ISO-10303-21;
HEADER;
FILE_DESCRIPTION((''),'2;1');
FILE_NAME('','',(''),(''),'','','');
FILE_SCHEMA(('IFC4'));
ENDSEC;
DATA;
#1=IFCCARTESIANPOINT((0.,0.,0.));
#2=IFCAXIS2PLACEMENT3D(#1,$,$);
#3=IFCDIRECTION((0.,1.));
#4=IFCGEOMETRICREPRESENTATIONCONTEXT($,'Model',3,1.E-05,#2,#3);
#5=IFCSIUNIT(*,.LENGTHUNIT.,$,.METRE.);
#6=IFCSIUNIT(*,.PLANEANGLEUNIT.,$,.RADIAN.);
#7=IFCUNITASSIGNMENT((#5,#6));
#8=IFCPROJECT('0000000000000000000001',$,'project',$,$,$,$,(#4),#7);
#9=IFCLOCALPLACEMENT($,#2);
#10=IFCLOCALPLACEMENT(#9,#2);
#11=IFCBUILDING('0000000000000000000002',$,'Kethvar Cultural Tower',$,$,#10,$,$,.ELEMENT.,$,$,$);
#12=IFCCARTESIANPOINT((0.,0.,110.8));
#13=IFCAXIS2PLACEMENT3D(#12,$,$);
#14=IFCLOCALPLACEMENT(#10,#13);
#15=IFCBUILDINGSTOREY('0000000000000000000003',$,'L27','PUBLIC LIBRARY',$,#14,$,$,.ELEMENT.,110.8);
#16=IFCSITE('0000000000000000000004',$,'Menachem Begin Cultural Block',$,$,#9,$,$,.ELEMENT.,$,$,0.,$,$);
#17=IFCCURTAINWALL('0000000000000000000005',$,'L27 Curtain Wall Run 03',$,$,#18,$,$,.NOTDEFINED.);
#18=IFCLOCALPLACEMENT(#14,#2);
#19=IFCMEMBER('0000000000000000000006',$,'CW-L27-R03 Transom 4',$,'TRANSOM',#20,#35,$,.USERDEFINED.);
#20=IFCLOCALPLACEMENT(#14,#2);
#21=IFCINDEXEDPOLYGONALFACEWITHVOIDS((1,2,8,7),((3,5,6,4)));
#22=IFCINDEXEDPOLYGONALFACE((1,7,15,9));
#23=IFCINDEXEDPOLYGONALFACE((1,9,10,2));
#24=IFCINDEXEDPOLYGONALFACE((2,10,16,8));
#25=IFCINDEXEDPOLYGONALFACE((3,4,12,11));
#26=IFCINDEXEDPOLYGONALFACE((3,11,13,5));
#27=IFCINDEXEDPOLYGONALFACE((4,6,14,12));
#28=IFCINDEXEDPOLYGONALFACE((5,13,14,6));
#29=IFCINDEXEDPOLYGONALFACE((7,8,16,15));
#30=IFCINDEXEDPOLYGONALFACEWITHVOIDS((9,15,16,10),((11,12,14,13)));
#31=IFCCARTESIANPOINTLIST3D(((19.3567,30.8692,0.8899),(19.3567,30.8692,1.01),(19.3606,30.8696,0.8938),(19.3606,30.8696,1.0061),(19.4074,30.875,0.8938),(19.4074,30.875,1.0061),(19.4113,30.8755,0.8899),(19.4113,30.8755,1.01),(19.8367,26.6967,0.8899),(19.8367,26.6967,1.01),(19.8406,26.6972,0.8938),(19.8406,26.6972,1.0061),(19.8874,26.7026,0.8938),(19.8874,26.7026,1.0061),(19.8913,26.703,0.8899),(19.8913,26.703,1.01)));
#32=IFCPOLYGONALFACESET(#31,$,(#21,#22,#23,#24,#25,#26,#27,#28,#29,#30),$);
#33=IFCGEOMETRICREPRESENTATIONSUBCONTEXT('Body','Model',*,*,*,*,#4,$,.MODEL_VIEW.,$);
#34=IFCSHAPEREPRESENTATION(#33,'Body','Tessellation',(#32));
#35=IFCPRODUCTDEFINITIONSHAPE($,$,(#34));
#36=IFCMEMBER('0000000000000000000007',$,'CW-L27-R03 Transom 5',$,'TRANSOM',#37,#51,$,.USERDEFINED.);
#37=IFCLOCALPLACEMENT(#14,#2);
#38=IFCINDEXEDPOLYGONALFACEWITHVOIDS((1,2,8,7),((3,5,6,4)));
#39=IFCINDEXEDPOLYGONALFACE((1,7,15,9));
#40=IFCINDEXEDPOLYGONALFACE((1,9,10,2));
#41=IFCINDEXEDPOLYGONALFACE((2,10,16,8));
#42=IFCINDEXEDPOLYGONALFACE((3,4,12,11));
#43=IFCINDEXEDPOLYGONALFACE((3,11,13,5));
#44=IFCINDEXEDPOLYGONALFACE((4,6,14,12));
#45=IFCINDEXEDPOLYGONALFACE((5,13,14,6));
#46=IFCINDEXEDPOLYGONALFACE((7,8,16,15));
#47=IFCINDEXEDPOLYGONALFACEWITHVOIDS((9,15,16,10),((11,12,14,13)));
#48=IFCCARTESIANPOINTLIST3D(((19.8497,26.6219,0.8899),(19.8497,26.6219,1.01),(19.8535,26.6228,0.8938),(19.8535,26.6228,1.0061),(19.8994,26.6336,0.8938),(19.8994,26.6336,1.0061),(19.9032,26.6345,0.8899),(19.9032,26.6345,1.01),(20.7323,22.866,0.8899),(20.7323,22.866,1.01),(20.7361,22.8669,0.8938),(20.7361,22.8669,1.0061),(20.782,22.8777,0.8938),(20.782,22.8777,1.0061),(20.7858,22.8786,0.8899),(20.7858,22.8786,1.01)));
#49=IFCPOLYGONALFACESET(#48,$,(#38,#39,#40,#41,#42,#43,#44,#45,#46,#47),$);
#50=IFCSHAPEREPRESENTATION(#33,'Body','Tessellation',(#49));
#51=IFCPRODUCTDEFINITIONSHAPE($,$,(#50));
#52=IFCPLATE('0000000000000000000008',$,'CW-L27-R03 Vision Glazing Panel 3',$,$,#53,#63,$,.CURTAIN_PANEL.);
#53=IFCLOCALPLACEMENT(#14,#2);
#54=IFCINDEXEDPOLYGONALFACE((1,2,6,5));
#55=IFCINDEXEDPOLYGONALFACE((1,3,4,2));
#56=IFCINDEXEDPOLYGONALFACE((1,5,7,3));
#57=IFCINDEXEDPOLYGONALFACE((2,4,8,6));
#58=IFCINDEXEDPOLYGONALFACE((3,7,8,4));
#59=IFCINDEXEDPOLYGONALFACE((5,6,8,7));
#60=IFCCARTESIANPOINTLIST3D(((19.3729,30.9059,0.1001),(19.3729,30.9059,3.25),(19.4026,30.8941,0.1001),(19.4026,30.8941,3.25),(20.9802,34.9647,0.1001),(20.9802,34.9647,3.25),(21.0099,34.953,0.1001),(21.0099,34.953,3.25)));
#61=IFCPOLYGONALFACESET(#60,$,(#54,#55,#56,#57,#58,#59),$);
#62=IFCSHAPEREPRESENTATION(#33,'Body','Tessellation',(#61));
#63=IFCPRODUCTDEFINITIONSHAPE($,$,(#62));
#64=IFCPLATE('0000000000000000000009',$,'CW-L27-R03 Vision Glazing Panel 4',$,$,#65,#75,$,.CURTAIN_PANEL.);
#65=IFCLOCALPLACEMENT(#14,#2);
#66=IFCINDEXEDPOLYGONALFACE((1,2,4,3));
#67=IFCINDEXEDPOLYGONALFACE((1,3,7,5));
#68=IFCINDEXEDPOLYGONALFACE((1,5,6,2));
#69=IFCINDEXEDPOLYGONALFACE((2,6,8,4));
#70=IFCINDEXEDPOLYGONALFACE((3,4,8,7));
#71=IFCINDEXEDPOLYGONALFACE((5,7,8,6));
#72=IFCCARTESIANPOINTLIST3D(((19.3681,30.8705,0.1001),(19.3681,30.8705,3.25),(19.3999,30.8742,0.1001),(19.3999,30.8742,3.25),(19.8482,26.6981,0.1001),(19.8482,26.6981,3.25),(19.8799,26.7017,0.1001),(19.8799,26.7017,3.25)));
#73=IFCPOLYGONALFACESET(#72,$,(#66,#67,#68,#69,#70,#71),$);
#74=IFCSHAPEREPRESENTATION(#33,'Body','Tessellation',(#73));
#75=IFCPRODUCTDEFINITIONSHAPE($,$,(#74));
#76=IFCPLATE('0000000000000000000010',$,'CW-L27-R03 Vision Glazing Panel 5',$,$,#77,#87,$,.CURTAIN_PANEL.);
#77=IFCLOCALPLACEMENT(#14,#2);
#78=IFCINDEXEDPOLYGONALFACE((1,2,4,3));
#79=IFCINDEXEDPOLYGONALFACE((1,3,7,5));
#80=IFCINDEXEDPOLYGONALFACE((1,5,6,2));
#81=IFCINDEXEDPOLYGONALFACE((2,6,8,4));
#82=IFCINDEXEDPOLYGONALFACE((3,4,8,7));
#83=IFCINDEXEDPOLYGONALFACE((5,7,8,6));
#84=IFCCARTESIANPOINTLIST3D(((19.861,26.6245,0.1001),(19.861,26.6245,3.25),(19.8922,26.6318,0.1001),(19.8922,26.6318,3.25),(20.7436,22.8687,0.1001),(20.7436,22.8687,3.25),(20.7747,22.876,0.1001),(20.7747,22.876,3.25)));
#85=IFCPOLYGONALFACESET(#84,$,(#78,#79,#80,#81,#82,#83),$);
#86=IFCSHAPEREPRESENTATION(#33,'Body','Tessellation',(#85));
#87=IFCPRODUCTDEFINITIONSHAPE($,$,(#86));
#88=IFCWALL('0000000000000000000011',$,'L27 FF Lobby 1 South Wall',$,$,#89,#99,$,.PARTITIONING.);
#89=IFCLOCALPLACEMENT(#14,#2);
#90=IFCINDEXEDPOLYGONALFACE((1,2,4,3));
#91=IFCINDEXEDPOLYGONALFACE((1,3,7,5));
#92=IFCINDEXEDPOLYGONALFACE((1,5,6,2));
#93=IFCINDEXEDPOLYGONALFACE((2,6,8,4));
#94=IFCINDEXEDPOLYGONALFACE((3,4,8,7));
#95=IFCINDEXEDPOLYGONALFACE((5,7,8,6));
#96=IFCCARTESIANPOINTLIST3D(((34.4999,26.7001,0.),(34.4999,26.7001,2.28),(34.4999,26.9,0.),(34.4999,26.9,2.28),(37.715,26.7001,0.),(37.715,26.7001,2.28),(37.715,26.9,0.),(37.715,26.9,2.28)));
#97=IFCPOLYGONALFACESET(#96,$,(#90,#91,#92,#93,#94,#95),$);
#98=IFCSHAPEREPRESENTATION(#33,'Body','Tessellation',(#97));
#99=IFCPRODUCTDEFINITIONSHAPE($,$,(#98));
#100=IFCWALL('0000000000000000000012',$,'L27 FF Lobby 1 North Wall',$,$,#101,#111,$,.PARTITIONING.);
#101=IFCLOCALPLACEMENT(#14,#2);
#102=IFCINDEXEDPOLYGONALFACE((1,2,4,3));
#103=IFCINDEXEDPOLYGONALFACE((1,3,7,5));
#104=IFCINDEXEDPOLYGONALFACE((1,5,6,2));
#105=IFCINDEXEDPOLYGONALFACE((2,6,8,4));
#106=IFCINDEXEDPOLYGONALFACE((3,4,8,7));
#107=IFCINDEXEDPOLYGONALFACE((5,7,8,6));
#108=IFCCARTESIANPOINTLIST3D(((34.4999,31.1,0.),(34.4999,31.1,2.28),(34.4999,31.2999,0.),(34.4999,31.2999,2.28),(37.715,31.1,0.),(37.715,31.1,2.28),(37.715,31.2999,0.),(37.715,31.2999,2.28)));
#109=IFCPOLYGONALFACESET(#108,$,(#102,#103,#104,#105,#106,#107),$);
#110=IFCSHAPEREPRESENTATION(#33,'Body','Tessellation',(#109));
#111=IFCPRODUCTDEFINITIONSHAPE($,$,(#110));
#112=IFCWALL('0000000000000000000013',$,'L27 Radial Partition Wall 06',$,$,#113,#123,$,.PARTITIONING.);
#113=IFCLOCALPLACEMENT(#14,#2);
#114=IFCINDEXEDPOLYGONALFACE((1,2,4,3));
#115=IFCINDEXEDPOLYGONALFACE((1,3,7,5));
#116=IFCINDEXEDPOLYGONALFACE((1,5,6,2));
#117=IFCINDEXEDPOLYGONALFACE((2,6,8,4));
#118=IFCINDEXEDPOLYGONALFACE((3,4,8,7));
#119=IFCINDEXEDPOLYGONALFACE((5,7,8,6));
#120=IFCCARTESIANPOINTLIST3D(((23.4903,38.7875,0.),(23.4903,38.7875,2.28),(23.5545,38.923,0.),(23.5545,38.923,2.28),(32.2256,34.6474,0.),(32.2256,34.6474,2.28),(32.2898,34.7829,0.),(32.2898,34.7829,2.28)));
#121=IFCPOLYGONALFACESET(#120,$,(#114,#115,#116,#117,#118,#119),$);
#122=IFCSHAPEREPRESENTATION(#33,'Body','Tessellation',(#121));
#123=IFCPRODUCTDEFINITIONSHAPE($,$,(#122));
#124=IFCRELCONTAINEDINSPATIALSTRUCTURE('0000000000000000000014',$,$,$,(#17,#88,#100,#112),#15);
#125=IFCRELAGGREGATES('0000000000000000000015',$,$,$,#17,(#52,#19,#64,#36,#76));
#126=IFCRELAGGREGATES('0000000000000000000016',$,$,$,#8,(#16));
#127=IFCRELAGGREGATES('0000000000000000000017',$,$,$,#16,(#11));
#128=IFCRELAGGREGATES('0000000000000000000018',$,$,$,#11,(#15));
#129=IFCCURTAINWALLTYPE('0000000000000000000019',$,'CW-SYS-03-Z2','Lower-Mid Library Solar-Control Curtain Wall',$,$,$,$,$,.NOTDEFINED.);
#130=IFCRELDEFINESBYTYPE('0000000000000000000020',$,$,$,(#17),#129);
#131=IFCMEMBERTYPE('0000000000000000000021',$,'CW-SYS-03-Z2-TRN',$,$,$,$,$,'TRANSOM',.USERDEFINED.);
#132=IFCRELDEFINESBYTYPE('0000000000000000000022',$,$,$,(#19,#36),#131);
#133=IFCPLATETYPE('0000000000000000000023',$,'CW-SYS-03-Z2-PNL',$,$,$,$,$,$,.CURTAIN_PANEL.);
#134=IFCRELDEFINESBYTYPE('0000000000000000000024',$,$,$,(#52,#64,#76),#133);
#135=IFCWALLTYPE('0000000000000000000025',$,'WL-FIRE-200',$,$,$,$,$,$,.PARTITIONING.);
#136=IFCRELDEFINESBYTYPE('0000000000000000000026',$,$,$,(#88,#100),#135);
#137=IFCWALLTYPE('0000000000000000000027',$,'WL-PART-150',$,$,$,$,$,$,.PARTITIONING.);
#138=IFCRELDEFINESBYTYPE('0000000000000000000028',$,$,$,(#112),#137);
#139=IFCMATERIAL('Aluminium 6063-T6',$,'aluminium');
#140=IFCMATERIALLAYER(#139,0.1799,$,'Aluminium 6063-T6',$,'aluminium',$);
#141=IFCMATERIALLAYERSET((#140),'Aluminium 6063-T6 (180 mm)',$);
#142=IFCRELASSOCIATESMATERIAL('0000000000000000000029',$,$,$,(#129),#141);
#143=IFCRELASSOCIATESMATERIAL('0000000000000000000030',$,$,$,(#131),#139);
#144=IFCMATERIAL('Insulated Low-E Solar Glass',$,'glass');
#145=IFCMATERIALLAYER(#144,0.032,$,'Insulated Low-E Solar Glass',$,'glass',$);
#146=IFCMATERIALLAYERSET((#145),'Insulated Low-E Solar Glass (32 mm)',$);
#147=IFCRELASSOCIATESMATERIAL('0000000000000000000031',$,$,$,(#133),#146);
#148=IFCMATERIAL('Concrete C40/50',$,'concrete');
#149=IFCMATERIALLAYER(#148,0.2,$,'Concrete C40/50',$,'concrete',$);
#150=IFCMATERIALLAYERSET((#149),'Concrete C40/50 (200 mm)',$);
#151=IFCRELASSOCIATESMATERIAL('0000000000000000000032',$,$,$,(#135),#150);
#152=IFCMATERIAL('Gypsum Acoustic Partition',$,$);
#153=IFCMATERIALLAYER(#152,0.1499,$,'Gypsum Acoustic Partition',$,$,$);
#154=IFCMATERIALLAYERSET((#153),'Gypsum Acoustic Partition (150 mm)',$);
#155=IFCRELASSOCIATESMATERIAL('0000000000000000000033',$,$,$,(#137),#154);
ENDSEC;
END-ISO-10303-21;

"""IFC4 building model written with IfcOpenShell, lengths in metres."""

from ifc_helpers import new_model, si_unit, direction, frame, frame_2d, origin, origin_2d, place, context, subcontext, project, spatial, rectangle, hollow_rectangle, extrude, source, transform, mapped, material, layer, layer_set, material_profile, profile_set, type_object, element, aggregate, save


model = new_model("IFC4")

# Units and contexts
model_context = context("Model", 3, precision=1e-05, world=origin(), true_north=direction((0.0, 1.0)))
body_context = subcontext(model_context, "Body", "Model", "MODEL_VIEW")
ifc_project = project(units=[si_unit("LENGTHUNIT", "METRE"), si_unit("PLANEANGLEUNIT", "RADIAN")], contexts=[model_context])

# Site, building, storey
site_placement = place(None, origin())
site = spatial("IfcSite", under=ifc_project, at=site_placement, Name="Menachem Begin Cultural Block", CompositionType="ELEMENT", RefElevation=0.0)
building_placement = place(site_placement, origin())
building = spatial("IfcBuilding", under=site, at=building_placement, Name="Kethvar Cultural Tower", CompositionType="ELEMENT")
storey_placement = place(building_placement, frame((0.0, 0.0, 110.8)))
storey = spatial("IfcBuildingStorey", under=building, at=storey_placement, Name="L27", Description="PUBLIC LIBRARY", CompositionType="ELEMENT", Elevation=110.8)

# Curtain wall, members, plates
ifc_material_1 = material(Name="Aluminium 6063-T6", Category="aluminium")
ifc_layer_1 = layer(ifc_material_1, 0.1799, Name="Aluminium 6063-T6", Category="aluminium")
ifc_layer_set_1 = layer_set([ifc_layer_1], Name="Aluminium 6063-T6 (180 mm)")
curtain_wall_type = type_object("IfcCurtainWallType", Name="CW-SYS-03-Z2", Description="Lower-Mid Library Solar-Control Curtain Wall", PredefinedType="NOTDEFINED", material=ifc_layer_set_1)
curtain_wall_placement = place(storey_placement, origin())
curtain_wall = element("IfcCurtainWall", 1, at=curtain_wall_placement, inside=storey, type_object=curtain_wall_type, Name="L27 Curtain Wall Run 03", PredefinedType="NOTDEFINED")
ifc_material_profile_1 = material_profile(ifc_material_1, hollow_rectangle(XDim=0.0549, YDim=0.1201, WallThickness=0.0039, at=origin_2d()), Name="Aluminium 6063-T6 — RHS120x55x4")
ifc_profile_set_1 = profile_set([ifc_material_profile_1], Name="Aluminium 6063-T6 — RHS120x55x4")
member_type_1 = type_object("IfcMemberType", Name="CW-SYS-03-Z2-TRN", ElementType="TRANSOM", PredefinedType="USERDEFINED", material=ifc_profile_set_1)
shared_shape_1 = source(origin(), body_context, "Body", "SweptSolid", [
    extrude(hollow_rectangle(XDim=0.0549, YDim=0.1201, WallThickness=0.0039, at=origin_2d()), origin(), (0.0, 0.0, 1.0), 4.2),
])
member_1_placement = place(storey_placement, frame((19.384, 30.8723, 0.95), z_axis=(0.114284, -0.993448, 0.0), x_axis=(0.993448, 0.114284, 0.0)))
member_1 = element("IfcMember", 2, at=member_1_placement, type_object=member_type_1, Name="CW-L27-R03 Transom 4", ObjectType="TRANSOM", PredefinedType="USERDEFINED", context=body_context, shape_type="MappedRepresentation", body=[
    mapped(shared_shape_1, transform((0.0, 0.0, 0.0), scale=1.0)),
])
shared_shape_2 = source(origin(), body_context, "Body", "SweptSolid", [
    extrude(hollow_rectangle(XDim=0.0549, YDim=0.1201, WallThickness=0.0039, at=origin_2d()), origin(), (0.0, 0.0, 1.0), 3.8582),
])
member_2_placement = place(storey_placement, frame((19.8765, 26.6282, 0.95), z_axis=(0.228754, -0.973484, 0.0), x_axis=(0.973484, 0.228754, 0.0)))
member_2 = element("IfcMember", 3, at=member_2_placement, type_object=member_type_1, Name="CW-L27-R03 Transom 5", ObjectType="TRANSOM", PredefinedType="USERDEFINED", context=body_context, shape_type="MappedRepresentation", body=[
    mapped(shared_shape_2, transform((0.0, 0.0, 0.0), scale=1.0)),
])
ifc_material_2 = material(Name="Insulated Low-E Solar Glass", Category="glass")
ifc_layer_2 = layer(ifc_material_2, 0.032, Name="Insulated Low-E Solar Glass", Category="glass")
ifc_layer_set_2 = layer_set([ifc_layer_2], Name="Insulated Low-E Solar Glass (32 mm)")
plate_type = type_object("IfcPlateType", Name="CW-SYS-03-Z2-PNL", PredefinedType="CURTAIN_PANEL", material=ifc_layer_set_2)
shared_shape_3 = source(origin(), body_context, "Body", "SweptSolid", [
    extrude(rectangle(XDim=4.3655, YDim=0.032, at=origin_2d()), origin(), (0.0, 0.0, 1.0), 3.1499),
])
plate_1_placement = place(storey_placement, frame((20.1914, 32.9294, 0.1001), z_axis=(0.0, 0.0, 1.0), x_axis=(-0.368173, -0.929757, 0.0)))
plate_1 = element("IfcPlate", 4, at=plate_1_placement, type_object=plate_type, Name="CW-L27-R03 Vision Glazing Panel 3", PredefinedType="CURTAIN_PANEL", context=body_context, shape_type="MappedRepresentation", body=[
    mapped(shared_shape_3, transform((0.0, 0.0, 0.0), scale=1.0)),
])
shared_shape_4 = source(origin(), body_context, "Body", "SweptSolid", [
    extrude(rectangle(XDim=4.2, YDim=0.032, at=origin_2d()), origin(), (0.0, 0.0, 1.0), 3.1499),
])
plate_2_placement = place(storey_placement, frame((19.624, 28.7861, 0.1001), z_axis=(0.0, 0.0, 1.0), x_axis=(0.114296, -0.993447, 0.0)))
plate_2 = element("IfcPlate", 5, at=plate_2_placement, type_object=plate_type, Name="CW-L27-R03 Vision Glazing Panel 4", PredefinedType="CURTAIN_PANEL", context=body_context, shape_type="MappedRepresentation", body=[
    mapped(shared_shape_4, transform((0.0, 0.0, 0.0), scale=1.0)),
])
shared_shape_5 = source(origin(), body_context, "Body", "SweptSolid", [
    extrude(rectangle(XDim=3.8582, YDim=0.032, at=origin_2d()), origin(), (0.0, 0.0, 1.0), 3.1499),
])
plate_3_placement = place(storey_placement, frame((20.3179, 24.7502, 0.1001), z_axis=(0.0, 0.0, 1.0), x_axis=(0.228742, -0.973487, 0.0)))
plate_3 = element("IfcPlate", 6, at=plate_3_placement, type_object=plate_type, Name="CW-L27-R03 Vision Glazing Panel 5", PredefinedType="CURTAIN_PANEL", context=body_context, shape_type="MappedRepresentation", body=[
    mapped(shared_shape_5, transform((0.0, 0.0, 0.0), scale=1.0)),
])
aggregate(curtain_wall, [plate_1, member_1, plate_2, member_2, plate_3])

# Shared definitions
ifc_material_3 = material(Name="Concrete C40/50", Category="concrete")
ifc_layer_3 = layer(ifc_material_3, 0.2, Name="Concrete C40/50", Category="concrete")
ifc_layer_set_3 = layer_set([ifc_layer_3], Name="Concrete C40/50 (200 mm)")
wall_type_1 = type_object("IfcWallType", Name="WL-FIRE-200", PredefinedType="PARTITIONING", material=ifc_layer_set_3)

# Walls
for number, where, z_axis, x_axis, name in (
    (7, (34.5, 26.8, 0.0), (0.0, 0.0, 1.0), (1.0, 0.0, 0.0), "L27 FF Lobby 1 South Wall"),
    (8, (34.5, 31.2, 0.0), (0.0, 0.0, 1.0), (1.0, 0.0, 0.0), "L27 FF Lobby 1 North Wall"),
):
    element("IfcWall", number, at=place(storey_placement, frame(where, z_axis=z_axis, x_axis=x_axis)), inside=storey, type_object=wall_type_1, Name=name, PredefinedType="PARTITIONING", context=body_context, shape_type="SweptSolid", body=[
        extrude(rectangle(XDim=3.2151, YDim=0.2, at=frame_2d((1.6074, 0.0))), origin(), (0.0, 0.0, 1.0), 2.28),
    ])
ifc_material_4 = material(Name="Gypsum Acoustic Partition")
ifc_layer_4 = layer(ifc_material_4, 0.1499, Name="Gypsum Acoustic Partition")
ifc_layer_set_4 = layer_set([ifc_layer_4], Name="Gypsum Acoustic Partition (150 mm)")
wall_type_2 = type_object("IfcWallType", Name="WL-PART-150", PredefinedType="PARTITIONING", material=ifc_layer_set_4)
wall_1_placement = place(storey_placement, frame((32.2578, 34.7151, 0.0), z_axis=(0.0, 0.0, 1.0), x_axis=(-0.903644, 0.428284, 0.0)))
element("IfcWall", 9, at=wall_1_placement, inside=storey, type_object=wall_type_2, Name="L27 Radial Partition Wall 06", PredefinedType="PARTITIONING", context=body_context, shape_type="SweptSolid", body=[
    extrude(rectangle(XDim=9.6667, YDim=0.1499, at=frame_2d((4.8335, 0.0))), origin(), (0.0, 0.0, 1.0), 2.28),
])

save(model, "model.ifc")
